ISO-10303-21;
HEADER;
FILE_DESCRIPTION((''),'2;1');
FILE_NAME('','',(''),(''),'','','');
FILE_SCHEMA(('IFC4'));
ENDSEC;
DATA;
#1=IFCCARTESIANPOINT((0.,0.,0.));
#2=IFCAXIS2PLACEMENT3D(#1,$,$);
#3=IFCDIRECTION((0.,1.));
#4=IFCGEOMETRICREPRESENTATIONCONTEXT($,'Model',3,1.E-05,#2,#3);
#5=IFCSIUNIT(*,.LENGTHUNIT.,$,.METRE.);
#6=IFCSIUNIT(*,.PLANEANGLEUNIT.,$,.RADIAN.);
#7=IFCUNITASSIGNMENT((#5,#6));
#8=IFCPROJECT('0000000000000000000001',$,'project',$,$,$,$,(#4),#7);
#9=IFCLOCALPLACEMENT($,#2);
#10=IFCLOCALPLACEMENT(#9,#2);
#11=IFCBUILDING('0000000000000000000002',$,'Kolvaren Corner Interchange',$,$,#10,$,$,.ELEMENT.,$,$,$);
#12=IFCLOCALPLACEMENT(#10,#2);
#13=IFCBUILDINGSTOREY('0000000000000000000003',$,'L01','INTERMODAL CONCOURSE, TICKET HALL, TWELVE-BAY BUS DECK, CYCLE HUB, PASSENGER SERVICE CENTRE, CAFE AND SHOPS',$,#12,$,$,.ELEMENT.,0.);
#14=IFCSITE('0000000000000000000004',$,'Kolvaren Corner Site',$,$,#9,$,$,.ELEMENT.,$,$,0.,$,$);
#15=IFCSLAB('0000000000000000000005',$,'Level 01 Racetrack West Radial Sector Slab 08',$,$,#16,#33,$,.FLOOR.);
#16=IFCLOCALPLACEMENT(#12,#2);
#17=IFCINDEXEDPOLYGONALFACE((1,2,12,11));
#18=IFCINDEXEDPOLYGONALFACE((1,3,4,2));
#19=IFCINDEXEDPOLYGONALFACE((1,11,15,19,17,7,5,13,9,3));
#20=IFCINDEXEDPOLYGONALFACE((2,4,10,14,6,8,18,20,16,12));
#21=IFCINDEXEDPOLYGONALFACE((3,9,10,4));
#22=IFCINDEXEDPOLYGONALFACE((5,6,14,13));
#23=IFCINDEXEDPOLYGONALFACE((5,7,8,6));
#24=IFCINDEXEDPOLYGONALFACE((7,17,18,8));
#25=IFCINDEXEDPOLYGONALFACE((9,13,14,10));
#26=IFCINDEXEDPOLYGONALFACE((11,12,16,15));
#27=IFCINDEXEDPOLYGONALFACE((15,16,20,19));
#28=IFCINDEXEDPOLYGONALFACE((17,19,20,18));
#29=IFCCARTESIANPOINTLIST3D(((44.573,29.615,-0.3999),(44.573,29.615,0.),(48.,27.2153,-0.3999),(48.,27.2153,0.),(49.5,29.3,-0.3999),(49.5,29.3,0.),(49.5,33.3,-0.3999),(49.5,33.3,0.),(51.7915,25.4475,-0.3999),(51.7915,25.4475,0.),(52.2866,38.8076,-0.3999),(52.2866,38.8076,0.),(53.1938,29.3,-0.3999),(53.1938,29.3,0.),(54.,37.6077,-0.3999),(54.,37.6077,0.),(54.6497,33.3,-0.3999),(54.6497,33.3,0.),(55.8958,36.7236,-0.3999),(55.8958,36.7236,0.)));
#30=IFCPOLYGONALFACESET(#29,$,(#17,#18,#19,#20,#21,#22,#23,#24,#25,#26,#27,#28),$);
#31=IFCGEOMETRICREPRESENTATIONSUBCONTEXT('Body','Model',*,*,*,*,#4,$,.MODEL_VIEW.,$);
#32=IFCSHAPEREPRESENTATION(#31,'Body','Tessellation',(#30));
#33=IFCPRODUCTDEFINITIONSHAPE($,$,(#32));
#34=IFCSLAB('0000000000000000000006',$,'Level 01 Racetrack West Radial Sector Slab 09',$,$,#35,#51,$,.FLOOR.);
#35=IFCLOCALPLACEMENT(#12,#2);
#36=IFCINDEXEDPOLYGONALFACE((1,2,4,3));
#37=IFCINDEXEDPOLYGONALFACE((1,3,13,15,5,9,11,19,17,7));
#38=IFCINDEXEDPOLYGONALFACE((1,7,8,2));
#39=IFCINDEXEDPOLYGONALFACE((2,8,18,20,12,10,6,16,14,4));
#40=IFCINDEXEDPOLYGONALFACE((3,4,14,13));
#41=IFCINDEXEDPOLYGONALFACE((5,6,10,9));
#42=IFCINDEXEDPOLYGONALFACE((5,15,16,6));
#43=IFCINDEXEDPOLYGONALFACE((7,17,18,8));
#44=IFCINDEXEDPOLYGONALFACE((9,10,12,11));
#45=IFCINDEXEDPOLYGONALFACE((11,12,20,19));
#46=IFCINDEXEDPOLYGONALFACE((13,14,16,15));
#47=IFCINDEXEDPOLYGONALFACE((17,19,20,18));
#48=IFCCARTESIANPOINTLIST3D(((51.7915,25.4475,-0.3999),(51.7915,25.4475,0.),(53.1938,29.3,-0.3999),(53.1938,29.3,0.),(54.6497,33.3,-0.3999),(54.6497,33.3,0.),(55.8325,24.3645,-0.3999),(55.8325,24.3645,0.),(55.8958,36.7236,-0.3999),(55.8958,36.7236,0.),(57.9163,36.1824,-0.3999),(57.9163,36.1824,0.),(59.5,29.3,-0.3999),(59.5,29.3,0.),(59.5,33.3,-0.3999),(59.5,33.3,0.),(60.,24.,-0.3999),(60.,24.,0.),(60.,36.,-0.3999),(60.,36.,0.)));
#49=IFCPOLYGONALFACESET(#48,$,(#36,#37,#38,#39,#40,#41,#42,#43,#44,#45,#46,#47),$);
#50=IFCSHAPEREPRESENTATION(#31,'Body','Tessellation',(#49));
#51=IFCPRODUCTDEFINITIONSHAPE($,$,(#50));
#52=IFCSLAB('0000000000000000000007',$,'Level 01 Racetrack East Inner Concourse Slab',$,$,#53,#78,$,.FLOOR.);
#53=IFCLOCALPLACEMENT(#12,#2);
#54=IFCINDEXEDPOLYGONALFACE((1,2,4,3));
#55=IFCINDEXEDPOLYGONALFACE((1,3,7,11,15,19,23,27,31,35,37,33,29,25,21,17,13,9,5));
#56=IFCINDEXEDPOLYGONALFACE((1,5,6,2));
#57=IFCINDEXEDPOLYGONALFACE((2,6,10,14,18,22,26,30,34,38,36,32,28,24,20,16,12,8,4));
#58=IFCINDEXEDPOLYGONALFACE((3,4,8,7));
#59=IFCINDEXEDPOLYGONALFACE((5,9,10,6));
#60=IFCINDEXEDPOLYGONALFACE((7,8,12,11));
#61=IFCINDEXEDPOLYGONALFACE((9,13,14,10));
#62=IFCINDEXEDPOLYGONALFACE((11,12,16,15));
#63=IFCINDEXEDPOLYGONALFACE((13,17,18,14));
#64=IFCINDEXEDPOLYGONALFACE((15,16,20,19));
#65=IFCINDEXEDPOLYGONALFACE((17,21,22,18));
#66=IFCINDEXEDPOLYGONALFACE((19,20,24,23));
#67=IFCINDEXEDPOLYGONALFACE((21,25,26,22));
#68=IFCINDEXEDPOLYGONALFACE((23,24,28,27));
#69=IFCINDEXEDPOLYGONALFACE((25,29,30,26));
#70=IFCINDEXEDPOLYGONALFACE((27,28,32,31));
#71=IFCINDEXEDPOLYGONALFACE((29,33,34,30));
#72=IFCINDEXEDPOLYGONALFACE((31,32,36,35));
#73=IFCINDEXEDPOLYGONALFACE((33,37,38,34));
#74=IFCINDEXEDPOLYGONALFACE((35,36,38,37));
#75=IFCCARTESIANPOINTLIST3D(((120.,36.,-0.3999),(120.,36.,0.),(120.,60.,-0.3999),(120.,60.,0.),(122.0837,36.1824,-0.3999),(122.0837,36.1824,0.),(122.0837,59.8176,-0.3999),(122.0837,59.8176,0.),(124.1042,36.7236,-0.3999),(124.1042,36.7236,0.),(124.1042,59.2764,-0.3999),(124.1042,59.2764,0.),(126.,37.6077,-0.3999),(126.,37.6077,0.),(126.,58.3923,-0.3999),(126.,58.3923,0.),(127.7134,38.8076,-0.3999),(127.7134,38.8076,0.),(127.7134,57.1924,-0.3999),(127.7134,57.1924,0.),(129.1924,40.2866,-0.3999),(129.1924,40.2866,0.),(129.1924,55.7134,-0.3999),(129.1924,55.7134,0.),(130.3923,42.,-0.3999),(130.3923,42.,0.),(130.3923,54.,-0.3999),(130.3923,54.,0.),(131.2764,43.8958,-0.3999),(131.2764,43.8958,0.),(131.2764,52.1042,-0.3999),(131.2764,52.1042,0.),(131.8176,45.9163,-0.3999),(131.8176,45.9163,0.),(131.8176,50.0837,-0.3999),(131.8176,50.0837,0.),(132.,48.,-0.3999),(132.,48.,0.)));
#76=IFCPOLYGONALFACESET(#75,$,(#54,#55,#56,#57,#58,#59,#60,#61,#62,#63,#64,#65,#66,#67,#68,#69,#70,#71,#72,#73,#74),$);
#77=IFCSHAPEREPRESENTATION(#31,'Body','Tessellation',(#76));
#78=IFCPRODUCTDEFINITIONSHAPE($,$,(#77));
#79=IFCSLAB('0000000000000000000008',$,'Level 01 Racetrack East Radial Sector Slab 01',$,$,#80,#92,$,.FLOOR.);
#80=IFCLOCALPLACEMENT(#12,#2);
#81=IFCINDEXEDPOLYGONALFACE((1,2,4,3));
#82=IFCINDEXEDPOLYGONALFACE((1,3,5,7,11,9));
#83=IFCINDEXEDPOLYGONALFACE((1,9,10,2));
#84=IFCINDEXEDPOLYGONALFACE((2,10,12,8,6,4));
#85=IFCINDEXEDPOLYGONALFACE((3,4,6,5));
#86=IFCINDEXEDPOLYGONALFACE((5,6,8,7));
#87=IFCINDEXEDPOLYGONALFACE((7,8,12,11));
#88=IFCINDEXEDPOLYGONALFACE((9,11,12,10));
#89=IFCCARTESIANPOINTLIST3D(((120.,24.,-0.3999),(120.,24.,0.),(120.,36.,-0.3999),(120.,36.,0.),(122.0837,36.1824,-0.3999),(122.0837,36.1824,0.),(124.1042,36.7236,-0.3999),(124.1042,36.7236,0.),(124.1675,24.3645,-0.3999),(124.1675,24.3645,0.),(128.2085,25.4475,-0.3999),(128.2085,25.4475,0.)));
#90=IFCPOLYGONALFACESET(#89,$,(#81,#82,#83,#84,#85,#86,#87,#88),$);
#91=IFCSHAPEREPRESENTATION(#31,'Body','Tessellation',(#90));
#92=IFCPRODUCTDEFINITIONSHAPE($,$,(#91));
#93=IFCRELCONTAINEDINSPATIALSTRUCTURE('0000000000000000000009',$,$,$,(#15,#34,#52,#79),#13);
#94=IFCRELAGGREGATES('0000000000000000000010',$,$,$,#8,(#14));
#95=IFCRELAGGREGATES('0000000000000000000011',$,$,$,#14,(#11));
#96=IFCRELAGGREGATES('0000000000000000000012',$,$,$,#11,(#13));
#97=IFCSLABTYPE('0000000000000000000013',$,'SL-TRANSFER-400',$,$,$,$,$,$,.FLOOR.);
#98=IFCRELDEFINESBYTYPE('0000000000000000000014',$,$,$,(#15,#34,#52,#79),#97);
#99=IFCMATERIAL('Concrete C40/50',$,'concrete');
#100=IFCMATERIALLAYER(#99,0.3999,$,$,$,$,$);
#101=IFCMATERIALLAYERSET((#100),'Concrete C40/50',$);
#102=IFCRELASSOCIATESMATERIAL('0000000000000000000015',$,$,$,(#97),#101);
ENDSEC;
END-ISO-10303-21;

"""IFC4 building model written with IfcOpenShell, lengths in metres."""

from ifc_helpers import new_model, si_unit, direction, frame, origin, place, context, subcontext, project, spatial, polyline, outline, extrude, material, layer, layer_set, type_object, element, save


model = new_model("IFC4")

# Units and contexts
model_context = context("Model", 3, precision=1e-05, world=origin(), true_north=direction((0.0, 1.0)))
body_context = subcontext(model_context, "Body", "Model", "MODEL_VIEW")
ifc_project = project(units=[si_unit("LENGTHUNIT", "METRE"), si_unit("PLANEANGLEUNIT", "RADIAN")], contexts=[model_context])

# Site, building, storey
site_placement = place(None, origin())
site = spatial("IfcSite", under=ifc_project, at=site_placement, Name="Kolvaren Corner Site", CompositionType="ELEMENT", RefElevation=0.0)
building_placement = place(site_placement, origin())
building = spatial("IfcBuilding", under=site, at=building_placement, Name="Kolvaren Corner Interchange", CompositionType="ELEMENT")
storey_placement = place(building_placement, origin())
storey = spatial("IfcBuildingStorey", under=building, at=storey_placement, Name="L01", Description="INTERMODAL CONCOURSE, TICKET HALL, TWELVE-BAY BUS DECK, CYCLE HUB, PASSENGER SERVICE CENTRE, CAFE AND SHOPS", CompositionType="ELEMENT", Elevation=0.0)

# Slabs
ifc_material_1 = material(Name="Concrete C40/50", Category="concrete")
ifc_layer_1 = layer(ifc_material_1, 0.3999)
ifc_layer_set_1 = layer_set([ifc_layer_1], Name="Concrete C40/50")
slab_type_1 = type_object("IfcSlabType", Name="SL-TRANSFER-400", PredefinedType="FLOOR", material=ifc_layer_set_1)
slab_1_placement = place(storey_placement, frame((0.0, 0.0, -0.3999)))
element("IfcSlab", 1, at=slab_1_placement, inside=storey, type_object=slab_type_1, Name="Level 01 Racetrack West Radial Sector Slab 08", PredefinedType="FLOOR", context=body_context, shape_type="SweptSolid", body=[
    extrude(outline(polyline([(49.5, 29.3), (49.5, 33.3), (54.6497, 33.3), (55.8958, 36.7236), (54.0, 37.6077), (52.2866, 38.8076), (44.573, 29.615), (48.0, 27.2153), (51.7915, 25.4475), (53.1938, 29.3), (49.5, 29.3)])), origin(), (0.0, 0.0, 1.0), 0.3999),
])
slab_2_placement = place(storey_placement, frame((0.0, 0.0, -0.3999)))
element("IfcSlab", 2, at=slab_2_placement, inside=storey, type_object=slab_type_1, Name="Level 01 Racetrack West Radial Sector Slab 09", PredefinedType="FLOOR", context=body_context, shape_type="SweptSolid", body=[
    extrude(outline(polyline([(55.8958, 36.7236), (54.6497, 33.3), (59.5, 33.3), (59.5, 29.3), (53.1938, 29.3), (51.7915, 25.4475), (55.8325, 24.3645), (60.0, 24.0), (60.0, 36.0), (57.9163, 36.1824), (55.8958, 36.7236)])), origin(), (0.0, 0.0, 1.0), 0.3999),
])
slab_3_placement = place(storey_placement, frame((0.0, 0.0, -0.3999)))
element("IfcSlab", 3, at=slab_3_placement, inside=storey, type_object=slab_type_1, Name="Level 01 Racetrack East Inner Concourse Slab", PredefinedType="FLOOR", context=body_context, shape_type="SweptSolid", body=[
    extrude(outline(polyline([(131.2764, 43.8958), (131.8176, 45.9163), (132.0, 48.0), (131.8176, 50.0837), (131.2764, 52.1042), (130.3923, 54.0), (129.1924, 55.7134), (127.7134, 57.1924), (126.0, 58.3923), (124.1042, 59.2764), (122.0837, 59.8176), (120.0, 60.0), (120.0, 36.0), (122.0837, 36.1824), (124.1042, 36.7236), (126.0, 37.6077), (127.7134, 38.8076), (129.1924, 40.2866), (130.3923, 42.0), (131.2764, 43.8958)])), origin(), (0.0, 0.0, 1.0), 0.3999),
])
slab_4_placement = place(storey_placement, frame((0.0, 0.0, -0.3999)))
element("IfcSlab", 4, at=slab_4_placement, inside=storey, type_object=slab_type_1, Name="Level 01 Racetrack East Radial Sector Slab 01", PredefinedType="FLOOR", context=body_context, shape_type="SweptSolid", body=[
    extrude(outline(polyline([(120.0, 24.0), (124.1675, 24.3645), (128.2085, 25.4475), (124.1042, 36.7236), (122.0837, 36.1824), (120.0, 36.0), (120.0, 24.0)])), origin(), (0.0, 0.0, 1.0), 0.3999),
])

save(model, "model.ifc")
